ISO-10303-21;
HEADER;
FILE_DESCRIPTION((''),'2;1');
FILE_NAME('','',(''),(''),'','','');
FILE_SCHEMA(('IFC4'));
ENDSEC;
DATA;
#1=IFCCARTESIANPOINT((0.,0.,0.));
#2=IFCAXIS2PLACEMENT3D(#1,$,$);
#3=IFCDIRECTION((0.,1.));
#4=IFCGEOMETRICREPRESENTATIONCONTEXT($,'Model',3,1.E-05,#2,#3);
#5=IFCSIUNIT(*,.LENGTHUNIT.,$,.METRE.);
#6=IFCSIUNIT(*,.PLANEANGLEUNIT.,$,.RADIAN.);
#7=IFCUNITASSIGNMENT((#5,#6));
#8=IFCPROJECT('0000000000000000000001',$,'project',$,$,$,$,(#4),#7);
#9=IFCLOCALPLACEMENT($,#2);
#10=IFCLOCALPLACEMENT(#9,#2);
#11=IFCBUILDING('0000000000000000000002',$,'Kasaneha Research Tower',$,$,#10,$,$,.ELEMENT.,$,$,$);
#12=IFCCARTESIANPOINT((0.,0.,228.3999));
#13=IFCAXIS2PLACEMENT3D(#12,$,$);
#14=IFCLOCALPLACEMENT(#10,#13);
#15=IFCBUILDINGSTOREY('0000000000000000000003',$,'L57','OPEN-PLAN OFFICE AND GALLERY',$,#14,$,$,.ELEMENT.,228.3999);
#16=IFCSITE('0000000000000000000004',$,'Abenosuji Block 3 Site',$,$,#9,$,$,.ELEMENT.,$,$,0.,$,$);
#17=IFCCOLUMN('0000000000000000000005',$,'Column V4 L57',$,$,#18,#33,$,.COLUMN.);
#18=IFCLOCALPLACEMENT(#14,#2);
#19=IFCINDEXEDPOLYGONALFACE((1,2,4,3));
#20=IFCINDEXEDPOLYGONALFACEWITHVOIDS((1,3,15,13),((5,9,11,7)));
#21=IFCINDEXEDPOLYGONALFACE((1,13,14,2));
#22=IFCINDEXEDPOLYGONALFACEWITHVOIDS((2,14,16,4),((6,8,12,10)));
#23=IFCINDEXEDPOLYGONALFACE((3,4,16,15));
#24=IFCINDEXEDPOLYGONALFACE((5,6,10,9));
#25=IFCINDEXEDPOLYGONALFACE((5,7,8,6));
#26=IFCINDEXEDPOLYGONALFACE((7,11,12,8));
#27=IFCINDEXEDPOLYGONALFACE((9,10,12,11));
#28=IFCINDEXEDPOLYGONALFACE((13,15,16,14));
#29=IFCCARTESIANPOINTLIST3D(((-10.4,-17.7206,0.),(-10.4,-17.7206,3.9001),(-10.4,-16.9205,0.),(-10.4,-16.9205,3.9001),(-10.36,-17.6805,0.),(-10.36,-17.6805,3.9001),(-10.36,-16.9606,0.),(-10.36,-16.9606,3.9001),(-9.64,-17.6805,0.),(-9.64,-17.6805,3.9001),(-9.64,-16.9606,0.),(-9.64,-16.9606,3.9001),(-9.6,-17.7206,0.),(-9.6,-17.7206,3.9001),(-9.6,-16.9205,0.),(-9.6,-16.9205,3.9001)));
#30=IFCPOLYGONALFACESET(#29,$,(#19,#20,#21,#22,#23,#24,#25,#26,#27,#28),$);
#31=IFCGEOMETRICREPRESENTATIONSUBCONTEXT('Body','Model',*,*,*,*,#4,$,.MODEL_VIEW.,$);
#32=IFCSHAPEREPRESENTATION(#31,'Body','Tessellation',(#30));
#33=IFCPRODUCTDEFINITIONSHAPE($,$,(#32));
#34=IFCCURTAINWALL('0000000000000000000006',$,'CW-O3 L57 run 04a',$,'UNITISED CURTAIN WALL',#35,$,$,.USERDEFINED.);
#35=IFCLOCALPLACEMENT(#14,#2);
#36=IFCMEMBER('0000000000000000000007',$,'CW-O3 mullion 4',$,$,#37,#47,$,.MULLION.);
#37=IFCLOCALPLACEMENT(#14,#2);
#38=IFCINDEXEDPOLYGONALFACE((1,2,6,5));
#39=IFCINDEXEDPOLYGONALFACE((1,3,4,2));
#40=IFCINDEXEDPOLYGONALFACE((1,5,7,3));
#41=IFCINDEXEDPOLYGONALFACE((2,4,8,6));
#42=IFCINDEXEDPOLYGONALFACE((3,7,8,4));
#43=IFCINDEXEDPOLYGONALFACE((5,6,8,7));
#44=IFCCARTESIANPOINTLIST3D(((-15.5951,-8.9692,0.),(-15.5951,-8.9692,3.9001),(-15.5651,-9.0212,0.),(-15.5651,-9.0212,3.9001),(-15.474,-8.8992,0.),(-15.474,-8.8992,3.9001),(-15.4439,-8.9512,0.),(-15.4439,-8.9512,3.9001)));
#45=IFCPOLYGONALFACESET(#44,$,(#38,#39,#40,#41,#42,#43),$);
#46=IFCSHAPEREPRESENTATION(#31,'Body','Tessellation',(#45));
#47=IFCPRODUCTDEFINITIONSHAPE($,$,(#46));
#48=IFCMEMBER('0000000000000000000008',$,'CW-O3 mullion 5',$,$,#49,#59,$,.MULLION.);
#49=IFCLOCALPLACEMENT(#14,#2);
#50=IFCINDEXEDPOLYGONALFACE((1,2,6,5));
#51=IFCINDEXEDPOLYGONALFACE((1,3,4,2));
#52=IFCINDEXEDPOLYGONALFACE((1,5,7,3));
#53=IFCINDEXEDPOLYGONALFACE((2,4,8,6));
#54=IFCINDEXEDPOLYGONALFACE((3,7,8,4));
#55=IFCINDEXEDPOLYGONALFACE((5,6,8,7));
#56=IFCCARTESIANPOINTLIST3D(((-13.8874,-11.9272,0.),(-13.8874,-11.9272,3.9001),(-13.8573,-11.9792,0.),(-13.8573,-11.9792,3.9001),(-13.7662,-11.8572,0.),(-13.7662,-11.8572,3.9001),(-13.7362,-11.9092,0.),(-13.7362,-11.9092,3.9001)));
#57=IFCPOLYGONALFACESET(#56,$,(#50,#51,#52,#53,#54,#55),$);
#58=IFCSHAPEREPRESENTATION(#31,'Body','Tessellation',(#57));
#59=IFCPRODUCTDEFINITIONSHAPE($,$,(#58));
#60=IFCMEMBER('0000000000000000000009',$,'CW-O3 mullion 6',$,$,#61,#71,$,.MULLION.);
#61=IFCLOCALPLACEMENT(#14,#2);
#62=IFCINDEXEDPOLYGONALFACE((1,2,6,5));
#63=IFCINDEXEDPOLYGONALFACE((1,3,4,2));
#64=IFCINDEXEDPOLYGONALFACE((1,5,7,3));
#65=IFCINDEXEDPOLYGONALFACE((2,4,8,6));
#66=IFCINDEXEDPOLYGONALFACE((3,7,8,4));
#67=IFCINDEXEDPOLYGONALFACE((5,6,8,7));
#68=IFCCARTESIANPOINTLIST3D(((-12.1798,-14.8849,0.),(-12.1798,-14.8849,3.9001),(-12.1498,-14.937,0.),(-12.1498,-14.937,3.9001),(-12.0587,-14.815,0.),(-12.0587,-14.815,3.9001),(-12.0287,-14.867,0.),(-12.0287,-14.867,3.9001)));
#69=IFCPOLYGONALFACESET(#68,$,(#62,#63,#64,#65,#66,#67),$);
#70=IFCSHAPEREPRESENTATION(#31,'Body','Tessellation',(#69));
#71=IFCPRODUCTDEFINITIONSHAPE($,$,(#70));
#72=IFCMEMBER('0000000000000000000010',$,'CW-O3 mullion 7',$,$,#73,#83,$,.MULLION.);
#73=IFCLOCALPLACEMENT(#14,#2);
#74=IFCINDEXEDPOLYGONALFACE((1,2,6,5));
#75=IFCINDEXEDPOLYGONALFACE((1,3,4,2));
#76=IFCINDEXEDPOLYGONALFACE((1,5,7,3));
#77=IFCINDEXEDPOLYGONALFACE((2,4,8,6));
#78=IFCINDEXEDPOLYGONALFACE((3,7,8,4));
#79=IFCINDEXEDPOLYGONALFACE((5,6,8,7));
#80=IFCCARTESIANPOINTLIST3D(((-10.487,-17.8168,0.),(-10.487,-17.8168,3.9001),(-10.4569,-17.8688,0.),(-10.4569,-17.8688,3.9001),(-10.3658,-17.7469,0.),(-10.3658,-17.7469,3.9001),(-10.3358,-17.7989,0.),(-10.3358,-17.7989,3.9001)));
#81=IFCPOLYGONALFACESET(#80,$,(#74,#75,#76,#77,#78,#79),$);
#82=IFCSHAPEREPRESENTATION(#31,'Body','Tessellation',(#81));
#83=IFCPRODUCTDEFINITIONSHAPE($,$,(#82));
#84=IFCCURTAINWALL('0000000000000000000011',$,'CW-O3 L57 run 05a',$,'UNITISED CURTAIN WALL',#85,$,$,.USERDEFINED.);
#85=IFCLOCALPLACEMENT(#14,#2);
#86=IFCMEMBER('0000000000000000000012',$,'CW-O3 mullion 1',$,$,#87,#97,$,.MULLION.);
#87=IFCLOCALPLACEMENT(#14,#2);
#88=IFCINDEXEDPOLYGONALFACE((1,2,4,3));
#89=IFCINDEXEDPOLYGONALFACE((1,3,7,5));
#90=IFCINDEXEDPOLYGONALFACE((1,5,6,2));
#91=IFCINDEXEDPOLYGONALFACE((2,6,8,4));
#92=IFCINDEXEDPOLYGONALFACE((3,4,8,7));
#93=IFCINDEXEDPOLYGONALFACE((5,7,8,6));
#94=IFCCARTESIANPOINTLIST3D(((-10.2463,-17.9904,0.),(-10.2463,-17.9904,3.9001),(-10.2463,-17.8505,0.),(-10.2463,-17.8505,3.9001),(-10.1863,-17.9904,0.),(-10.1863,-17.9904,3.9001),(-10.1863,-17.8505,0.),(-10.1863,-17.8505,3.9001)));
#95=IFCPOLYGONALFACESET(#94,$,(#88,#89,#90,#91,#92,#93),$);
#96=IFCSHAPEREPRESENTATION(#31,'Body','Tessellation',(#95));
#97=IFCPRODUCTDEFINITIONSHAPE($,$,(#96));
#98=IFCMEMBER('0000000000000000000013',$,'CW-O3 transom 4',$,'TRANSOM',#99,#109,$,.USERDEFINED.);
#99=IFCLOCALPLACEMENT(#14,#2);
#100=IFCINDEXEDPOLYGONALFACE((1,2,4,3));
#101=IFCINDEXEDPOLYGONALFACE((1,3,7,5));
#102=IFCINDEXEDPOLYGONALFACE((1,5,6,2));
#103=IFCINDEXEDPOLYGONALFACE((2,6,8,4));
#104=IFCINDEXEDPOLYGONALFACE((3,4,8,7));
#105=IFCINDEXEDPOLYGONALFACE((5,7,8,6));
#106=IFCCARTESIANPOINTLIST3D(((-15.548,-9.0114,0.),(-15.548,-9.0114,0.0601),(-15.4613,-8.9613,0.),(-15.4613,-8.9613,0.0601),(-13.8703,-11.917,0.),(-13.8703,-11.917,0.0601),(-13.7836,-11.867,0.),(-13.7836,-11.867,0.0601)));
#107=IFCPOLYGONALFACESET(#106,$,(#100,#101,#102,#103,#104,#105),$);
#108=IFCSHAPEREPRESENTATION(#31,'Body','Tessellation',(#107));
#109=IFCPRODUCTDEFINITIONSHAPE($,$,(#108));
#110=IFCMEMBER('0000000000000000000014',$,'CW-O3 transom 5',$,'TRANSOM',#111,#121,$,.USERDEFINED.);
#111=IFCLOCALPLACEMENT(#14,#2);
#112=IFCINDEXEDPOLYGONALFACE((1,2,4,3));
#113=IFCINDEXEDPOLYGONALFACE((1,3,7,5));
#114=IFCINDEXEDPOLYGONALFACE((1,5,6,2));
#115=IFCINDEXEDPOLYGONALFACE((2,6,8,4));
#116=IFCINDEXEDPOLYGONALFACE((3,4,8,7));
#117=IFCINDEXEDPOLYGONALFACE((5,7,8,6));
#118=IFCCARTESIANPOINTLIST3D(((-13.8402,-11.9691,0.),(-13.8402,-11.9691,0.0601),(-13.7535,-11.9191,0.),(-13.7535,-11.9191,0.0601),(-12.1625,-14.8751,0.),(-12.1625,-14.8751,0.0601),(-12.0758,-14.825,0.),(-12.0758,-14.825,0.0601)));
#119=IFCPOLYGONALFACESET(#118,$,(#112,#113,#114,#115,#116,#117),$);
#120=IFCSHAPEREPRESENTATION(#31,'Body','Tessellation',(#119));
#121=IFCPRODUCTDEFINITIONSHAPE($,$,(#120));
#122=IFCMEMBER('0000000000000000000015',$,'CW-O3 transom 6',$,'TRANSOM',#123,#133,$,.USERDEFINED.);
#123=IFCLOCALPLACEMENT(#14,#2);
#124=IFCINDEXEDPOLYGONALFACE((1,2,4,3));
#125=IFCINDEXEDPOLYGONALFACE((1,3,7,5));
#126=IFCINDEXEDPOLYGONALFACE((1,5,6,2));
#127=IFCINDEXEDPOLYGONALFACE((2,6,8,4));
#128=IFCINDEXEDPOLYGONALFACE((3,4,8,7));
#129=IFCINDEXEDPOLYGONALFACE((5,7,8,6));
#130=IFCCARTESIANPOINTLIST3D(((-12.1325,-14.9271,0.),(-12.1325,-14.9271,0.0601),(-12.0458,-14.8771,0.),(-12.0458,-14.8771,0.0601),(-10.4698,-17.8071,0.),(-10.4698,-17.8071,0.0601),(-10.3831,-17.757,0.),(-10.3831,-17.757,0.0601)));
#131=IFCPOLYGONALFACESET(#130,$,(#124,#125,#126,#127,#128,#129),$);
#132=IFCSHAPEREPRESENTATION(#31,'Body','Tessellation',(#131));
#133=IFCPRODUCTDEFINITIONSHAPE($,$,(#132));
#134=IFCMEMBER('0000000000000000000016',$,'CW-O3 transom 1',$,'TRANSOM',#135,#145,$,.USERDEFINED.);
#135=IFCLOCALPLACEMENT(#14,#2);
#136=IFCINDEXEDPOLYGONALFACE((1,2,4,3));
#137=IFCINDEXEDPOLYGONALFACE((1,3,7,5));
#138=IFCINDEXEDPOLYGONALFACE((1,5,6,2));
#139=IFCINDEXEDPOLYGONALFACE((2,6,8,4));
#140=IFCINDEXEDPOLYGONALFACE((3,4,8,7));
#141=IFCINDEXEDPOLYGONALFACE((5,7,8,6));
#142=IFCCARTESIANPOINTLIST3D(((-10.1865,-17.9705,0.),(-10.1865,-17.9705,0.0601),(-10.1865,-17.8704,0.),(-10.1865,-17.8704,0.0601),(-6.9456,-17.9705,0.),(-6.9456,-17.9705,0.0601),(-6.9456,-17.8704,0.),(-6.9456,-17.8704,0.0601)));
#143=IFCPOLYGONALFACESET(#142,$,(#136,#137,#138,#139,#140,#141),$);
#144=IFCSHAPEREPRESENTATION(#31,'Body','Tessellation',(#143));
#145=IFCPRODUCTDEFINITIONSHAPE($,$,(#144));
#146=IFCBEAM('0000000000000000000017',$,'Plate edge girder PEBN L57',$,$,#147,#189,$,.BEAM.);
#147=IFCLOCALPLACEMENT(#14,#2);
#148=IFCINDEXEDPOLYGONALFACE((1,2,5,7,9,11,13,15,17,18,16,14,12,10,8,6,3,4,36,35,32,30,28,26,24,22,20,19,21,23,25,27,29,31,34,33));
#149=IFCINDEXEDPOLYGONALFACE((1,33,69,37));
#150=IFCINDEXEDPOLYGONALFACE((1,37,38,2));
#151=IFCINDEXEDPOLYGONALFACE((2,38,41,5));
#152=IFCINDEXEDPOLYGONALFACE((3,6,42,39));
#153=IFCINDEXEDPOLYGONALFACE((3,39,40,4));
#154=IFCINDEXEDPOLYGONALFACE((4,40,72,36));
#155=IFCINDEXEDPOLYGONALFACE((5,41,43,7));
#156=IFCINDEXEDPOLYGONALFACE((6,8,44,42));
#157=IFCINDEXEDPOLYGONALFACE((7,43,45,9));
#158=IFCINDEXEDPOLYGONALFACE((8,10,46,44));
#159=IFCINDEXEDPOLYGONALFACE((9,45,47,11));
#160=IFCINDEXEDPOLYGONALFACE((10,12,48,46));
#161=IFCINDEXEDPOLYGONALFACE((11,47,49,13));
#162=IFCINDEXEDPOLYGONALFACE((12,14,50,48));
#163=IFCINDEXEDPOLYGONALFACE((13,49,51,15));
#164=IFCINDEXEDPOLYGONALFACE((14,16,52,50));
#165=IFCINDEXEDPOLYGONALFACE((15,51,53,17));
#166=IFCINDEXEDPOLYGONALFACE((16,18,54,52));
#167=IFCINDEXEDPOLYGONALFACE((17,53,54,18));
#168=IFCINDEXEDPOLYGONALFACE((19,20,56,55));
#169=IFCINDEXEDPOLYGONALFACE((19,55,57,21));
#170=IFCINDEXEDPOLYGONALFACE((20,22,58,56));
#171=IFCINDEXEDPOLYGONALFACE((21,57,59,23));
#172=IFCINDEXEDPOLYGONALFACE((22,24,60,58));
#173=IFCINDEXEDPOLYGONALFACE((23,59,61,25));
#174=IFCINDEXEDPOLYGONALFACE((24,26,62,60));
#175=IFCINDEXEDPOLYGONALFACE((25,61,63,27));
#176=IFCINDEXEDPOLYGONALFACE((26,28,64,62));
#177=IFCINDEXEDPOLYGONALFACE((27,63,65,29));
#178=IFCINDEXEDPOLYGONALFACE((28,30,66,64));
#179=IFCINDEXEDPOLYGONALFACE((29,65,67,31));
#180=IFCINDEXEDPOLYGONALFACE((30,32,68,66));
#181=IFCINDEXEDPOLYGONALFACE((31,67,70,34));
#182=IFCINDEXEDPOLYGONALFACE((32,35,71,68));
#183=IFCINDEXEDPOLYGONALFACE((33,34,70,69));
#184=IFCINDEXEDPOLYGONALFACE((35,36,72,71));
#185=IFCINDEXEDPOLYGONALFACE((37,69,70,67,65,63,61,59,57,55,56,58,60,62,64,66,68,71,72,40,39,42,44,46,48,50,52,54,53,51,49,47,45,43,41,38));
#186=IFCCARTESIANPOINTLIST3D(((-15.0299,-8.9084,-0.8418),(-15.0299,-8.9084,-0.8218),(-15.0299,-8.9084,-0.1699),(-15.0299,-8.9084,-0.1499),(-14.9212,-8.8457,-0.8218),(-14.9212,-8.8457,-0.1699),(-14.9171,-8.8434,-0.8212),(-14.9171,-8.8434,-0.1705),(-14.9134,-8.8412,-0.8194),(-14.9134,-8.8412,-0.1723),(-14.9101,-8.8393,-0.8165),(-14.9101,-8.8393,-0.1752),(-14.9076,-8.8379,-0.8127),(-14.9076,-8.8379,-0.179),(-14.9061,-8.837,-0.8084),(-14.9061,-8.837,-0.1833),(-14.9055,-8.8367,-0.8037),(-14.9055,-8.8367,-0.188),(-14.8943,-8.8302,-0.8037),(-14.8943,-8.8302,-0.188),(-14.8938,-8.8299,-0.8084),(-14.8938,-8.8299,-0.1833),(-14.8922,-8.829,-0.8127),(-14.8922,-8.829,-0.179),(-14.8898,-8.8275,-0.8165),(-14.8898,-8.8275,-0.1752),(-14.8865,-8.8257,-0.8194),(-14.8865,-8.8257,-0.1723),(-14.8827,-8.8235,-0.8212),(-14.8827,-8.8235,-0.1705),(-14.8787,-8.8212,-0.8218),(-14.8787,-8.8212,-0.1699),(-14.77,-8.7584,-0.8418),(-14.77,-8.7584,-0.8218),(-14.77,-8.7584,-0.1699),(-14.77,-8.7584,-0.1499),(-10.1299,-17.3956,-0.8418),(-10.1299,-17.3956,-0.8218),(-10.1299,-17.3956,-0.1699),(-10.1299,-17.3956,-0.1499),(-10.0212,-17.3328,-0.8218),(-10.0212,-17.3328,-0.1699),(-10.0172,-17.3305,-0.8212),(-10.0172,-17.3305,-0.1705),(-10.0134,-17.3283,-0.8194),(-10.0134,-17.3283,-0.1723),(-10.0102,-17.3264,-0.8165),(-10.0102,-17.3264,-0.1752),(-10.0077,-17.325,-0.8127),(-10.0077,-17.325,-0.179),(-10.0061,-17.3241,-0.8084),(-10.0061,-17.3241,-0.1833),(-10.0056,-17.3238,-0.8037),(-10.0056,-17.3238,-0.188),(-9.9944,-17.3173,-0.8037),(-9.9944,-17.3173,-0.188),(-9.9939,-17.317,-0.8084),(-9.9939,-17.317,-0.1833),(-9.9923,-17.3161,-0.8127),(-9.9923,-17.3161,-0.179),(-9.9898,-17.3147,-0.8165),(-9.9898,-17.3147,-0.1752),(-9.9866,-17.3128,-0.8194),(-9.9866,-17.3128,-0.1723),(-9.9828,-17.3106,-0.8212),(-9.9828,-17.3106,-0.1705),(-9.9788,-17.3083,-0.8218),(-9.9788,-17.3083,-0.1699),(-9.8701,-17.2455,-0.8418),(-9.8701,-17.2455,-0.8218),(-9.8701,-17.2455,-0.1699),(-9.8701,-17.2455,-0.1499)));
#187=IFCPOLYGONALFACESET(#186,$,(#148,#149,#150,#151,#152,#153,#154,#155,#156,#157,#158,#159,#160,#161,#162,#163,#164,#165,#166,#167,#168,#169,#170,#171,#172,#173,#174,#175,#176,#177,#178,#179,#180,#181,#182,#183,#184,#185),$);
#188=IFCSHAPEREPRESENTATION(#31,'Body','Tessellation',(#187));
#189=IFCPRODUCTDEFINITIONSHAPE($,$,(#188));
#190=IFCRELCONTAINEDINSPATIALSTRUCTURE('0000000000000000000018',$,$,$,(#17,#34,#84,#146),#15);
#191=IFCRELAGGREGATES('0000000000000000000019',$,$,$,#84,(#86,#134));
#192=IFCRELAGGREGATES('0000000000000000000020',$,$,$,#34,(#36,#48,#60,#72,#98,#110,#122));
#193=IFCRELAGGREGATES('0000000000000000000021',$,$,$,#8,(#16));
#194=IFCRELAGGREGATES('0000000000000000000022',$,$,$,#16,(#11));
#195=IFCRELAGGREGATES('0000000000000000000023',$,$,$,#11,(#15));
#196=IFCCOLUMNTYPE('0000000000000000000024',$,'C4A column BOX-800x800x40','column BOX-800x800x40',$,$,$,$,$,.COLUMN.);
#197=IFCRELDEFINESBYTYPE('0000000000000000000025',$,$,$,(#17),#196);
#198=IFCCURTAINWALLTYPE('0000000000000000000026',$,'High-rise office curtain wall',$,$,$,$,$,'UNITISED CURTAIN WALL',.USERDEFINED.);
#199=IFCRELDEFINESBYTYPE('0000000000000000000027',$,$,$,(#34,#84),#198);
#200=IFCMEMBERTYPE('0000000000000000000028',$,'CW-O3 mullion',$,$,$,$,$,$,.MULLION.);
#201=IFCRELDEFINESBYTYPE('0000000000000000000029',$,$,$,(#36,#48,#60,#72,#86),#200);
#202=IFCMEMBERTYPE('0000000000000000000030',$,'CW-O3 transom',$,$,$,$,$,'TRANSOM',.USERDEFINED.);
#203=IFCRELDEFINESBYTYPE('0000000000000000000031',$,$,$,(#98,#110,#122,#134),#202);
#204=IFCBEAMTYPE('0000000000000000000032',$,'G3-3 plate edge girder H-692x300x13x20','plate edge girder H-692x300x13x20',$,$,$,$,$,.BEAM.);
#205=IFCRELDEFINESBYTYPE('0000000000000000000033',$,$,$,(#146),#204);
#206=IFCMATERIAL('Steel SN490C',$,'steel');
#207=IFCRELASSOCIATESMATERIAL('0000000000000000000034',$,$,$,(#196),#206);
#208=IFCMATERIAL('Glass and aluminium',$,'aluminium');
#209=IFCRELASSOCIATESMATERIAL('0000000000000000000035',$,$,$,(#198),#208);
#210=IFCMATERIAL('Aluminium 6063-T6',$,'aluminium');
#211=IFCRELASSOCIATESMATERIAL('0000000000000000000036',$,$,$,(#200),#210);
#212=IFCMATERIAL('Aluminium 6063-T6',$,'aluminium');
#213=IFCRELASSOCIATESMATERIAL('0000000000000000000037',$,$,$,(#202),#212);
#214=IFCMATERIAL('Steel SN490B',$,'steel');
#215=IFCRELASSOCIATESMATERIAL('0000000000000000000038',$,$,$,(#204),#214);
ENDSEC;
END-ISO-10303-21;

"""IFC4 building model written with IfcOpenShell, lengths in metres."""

from ifc_helpers import new_model, si_unit, direction, frame, origin, origin_2d, place, context, subcontext, project, spatial, rectangle, hollow_rectangle, i_section, extrude, material, material_profile, profile_set, type_object, element, aggregate, save


model = new_model("IFC4")

# Units and contexts
model_context = context("Model", 3, precision=1e-05, world=origin(), true_north=direction((0.0, 1.0)))
body_context = subcontext(model_context, "Body", "Model", "MODEL_VIEW")
ifc_project = project(units=[si_unit("LENGTHUNIT", "METRE"), si_unit("PLANEANGLEUNIT", "RADIAN")], contexts=[model_context])

# Site, building, storey
site_placement = place(None, origin())
site = spatial("IfcSite", under=ifc_project, at=site_placement, Name="Abenosuji Block 3 Site", CompositionType="ELEMENT", RefElevation=0.0)
building_placement = place(site_placement, origin())
building = spatial("IfcBuilding", under=site, at=building_placement, Name="Kasaneha Research Tower", CompositionType="ELEMENT")
storey_placement = place(building_placement, frame((0.0, 0.0, 228.3999)))
storey = spatial("IfcBuildingStorey", under=building, at=storey_placement, Name="L57", Description="OPEN-PLAN OFFICE AND GALLERY", CompositionType="ELEMENT", Elevation=228.3999)

# Column
ifc_material_1 = material(Name="Steel SN490C", Category="steel")
ifc_material_profile_1 = material_profile(ifc_material_1, hollow_rectangle(XDim=0.8, YDim=0.8, WallThickness=0.04, at=origin_2d()), Name="BOX-800x800x40")
ifc_profile_set_1 = profile_set([ifc_material_profile_1], Name="Steel SN490C")
column_type = type_object("IfcColumnType", Name="C4A column BOX-800x800x40", Description="column BOX-800x800x40", PredefinedType="COLUMN", material=ifc_profile_set_1)
column_placement = place(storey_placement, frame((-10.0, -17.3206, 0.0), z_axis=(0.0, 0.0, 1.0), x_axis=(1.0, 0.0, 0.0)))
element("IfcColumn", 1, at=column_placement, inside=storey, type_object=column_type, Name="Column V4 L57", PredefinedType="COLUMN", context=body_context, shape_type="SweptSolid", body=[
    extrude(hollow_rectangle(XDim=0.8, YDim=0.8, WallThickness=0.04, at=origin_2d()), origin(), (0.0, 0.0, 1.0), 3.9001),
])

# Curtain wall, members
ifc_material_2 = material(Name="Glass and aluminium", Category="aluminium")
curtain_wall_type = type_object("IfcCurtainWallType", Name="High-rise office curtain wall", ElementType="UNITISED CURTAIN WALL", PredefinedType="USERDEFINED", material=ifc_material_2)
curtain_wall_1_placement = place(storey_placement, origin())
curtain_wall_1 = element("IfcCurtainWall", 2, at=curtain_wall_1_placement, inside=storey, type_object=curtain_wall_type, Name="CW-O3 L57 run 04a", ObjectType="UNITISED CURTAIN WALL", PredefinedType="USERDEFINED")
ifc_material_3 = material(Name="Aluminium 6063-T6", Category="aluminium")
ifc_material_profile_2 = material_profile(ifc_material_3, rectangle(XDim=0.0601, YDim=0.1399, at=origin_2d()), Name="CW-O3 mullion 60x140")
ifc_profile_set_2 = profile_set([ifc_material_profile_2], Name="Aluminium 6063-T6")
member_type_1 = type_object("IfcMemberType", Name="CW-O3 mullion", PredefinedType="MULLION", material=ifc_profile_set_2)
member_1_placement = place(storey_placement, frame((-15.5195, -8.9602, 0.0), z_axis=(0.0, 0.0, 1.0), x_axis=(0.5, -0.866025, 0.0)))
member_1 = element("IfcMember", 3, at=member_1_placement, type_object=member_type_1, Name="CW-O3 mullion 4", PredefinedType="MULLION", context=body_context, shape_type="SweptSolid", body=[
    extrude(rectangle(XDim=0.0601, YDim=0.1399, at=origin_2d()), origin(), (0.0, 0.0, 1.0), 3.9001),
])
member_2_placement = place(storey_placement, frame((-13.8118, -11.9182, 0.0), z_axis=(0.0, 0.0, 1.0), x_axis=(0.5, -0.866025, 0.0)))
member_2 = element("IfcMember", 4, at=member_2_placement, type_object=member_type_1, Name="CW-O3 mullion 5", PredefinedType="MULLION", context=body_context, shape_type="SweptSolid", body=[
    extrude(rectangle(XDim=0.0601, YDim=0.1399, at=origin_2d()), origin(), (0.0, 0.0, 1.0), 3.9001),
])
member_3_placement = place(storey_placement, frame((-12.1042, -14.876, 0.0), z_axis=(0.0, 0.0, 1.0), x_axis=(0.5, -0.866025, 0.0)))
member_3 = element("IfcMember", 5, at=member_3_placement, type_object=member_type_1, Name="CW-O3 mullion 6", PredefinedType="MULLION", context=body_context, shape_type="SweptSolid", body=[
    extrude(rectangle(XDim=0.0601, YDim=0.1399, at=origin_2d()), origin(), (0.0, 0.0, 1.0), 3.9001),
])
member_4_placement = place(storey_placement, frame((-10.4114, -17.8079, 0.0), z_axis=(0.0, 0.0, 1.0), x_axis=(0.5, -0.866025, 0.0)))
member_4 = element("IfcMember", 6, at=member_4_placement, type_object=member_type_1, Name="CW-O3 mullion 7", PredefinedType="MULLION", context=body_context, shape_type="SweptSolid", body=[
    extrude(rectangle(XDim=0.0601, YDim=0.1399, at=origin_2d()), origin(), (0.0, 0.0, 1.0), 3.9001),
])

# Curtain wall, member
curtain_wall_2_placement = place(storey_placement, origin())
curtain_wall_2 = element("IfcCurtainWall", 7, at=curtain_wall_2_placement, inside=storey, type_object=curtain_wall_type, Name="CW-O3 L57 run 05a", ObjectType="UNITISED CURTAIN WALL", PredefinedType="USERDEFINED")
member_5_placement = place(storey_placement, frame((-10.2163, -17.9204, 0.0), z_axis=(0.0, 0.0, 1.0), x_axis=(1.0, 0.0, 0.0)))
member_5 = element("IfcMember", 8, at=member_5_placement, type_object=member_type_1, Name="CW-O3 mullion 1", PredefinedType="MULLION", context=body_context, shape_type="SweptSolid", body=[
    extrude(rectangle(XDim=0.0601, YDim=0.1399, at=origin_2d()), origin(), (0.0, 0.0, 1.0), 3.9001),
])

# Members
ifc_material_4 = material(Name="Aluminium 6063-T6", Category="aluminium")
ifc_material_profile_3 = material_profile(ifc_material_4, rectangle(XDim=0.1001, YDim=0.0601, at=origin_2d()), Name="CW-O3 transom 100x60")
ifc_profile_set_3 = profile_set([ifc_material_profile_3], Name="Aluminium 6063-T6")
member_type_2 = type_object("IfcMemberType", Name="CW-O3 transom", ElementType="TRANSOM", PredefinedType="USERDEFINED", material=ifc_profile_set_3)
member_6_placement = place(storey_placement, frame((-15.5046, -8.9863, 0.03), z_axis=(0.500021, -0.866014, 0.0), x_axis=(0.866014, 0.500021, 0.0)))
member_6 = element("IfcMember", 9, at=member_6_placement, type_object=member_type_2, Name="CW-O3 transom 4", ObjectType="TRANSOM", PredefinedType="USERDEFINED", context=body_context, shape_type="SweptSolid", body=[
    extrude(rectangle(XDim=0.1001, YDim=0.0601, at=origin_2d()), origin(), (0.0, 0.0, 1.0), 3.3552),
])
member_7_placement = place(storey_placement, frame((-13.7969, -11.9441, 0.03), z_axis=(0.499989, -0.866032, 0.0), x_axis=(0.866032, 0.499989, 0.0)))
member_7 = element("IfcMember", 10, at=member_7_placement, type_object=member_type_2, Name="CW-O3 transom 5", ObjectType="TRANSOM", PredefinedType="USERDEFINED", context=body_context, shape_type="SweptSolid", body=[
    extrude(rectangle(XDim=0.1001, YDim=0.0601, at=origin_2d()), origin(), (0.0, 0.0, 1.0), 3.3555),
])
member_8_placement = place(storey_placement, frame((-12.0891, -14.9021, 0.03), z_axis=(0.499977, -0.866039, 0.0), x_axis=(0.866039, 0.499977, 0.0)))
member_8 = element("IfcMember", 11, at=member_8_placement, type_object=member_type_2, Name="CW-O3 transom 6", ObjectType="TRANSOM", PredefinedType="USERDEFINED", context=body_context, shape_type="SweptSolid", body=[
    extrude(rectangle(XDim=0.1001, YDim=0.0601, at=origin_2d()), origin(), (0.0, 0.0, 1.0), 3.3254),
])
member_9_placement = place(storey_placement, frame((-10.1865, -17.9204, 0.03), z_axis=(1.0, 0.0, 0.0), x_axis=(0.0, 1.0, 0.0)))
member_9 = element("IfcMember", 12, at=member_9_placement, type_object=member_type_2, Name="CW-O3 transom 1", ObjectType="TRANSOM", PredefinedType="USERDEFINED", context=body_context, shape_type="SweptSolid", body=[
    extrude(rectangle(XDim=0.1001, YDim=0.0601, at=origin_2d()), origin(), (0.0, 0.0, 1.0), 3.241),
])
aggregate(curtain_wall_2, [member_5, member_9])

# Beam
ifc_material_5 = material(Name="Steel SN490B", Category="steel")
ifc_material_profile_4 = material_profile(ifc_material_5, i_section(OverallWidth=0.3, OverallDepth=0.6919, WebThickness=0.0129, FlangeThickness=0.02, FilletRadius=0.0181, at=origin_2d()), Name="H-692x300x13x20")
ifc_profile_set_4 = profile_set([ifc_material_profile_4], Name="Steel SN490B")
beam_type_1 = type_object("IfcBeamType", Name="G3-3 plate edge girder H-692x300x13x20", Description="plate edge girder H-692x300x13x20", PredefinedType="BEAM", material=ifc_profile_set_4)
beam_1_placement = place(storey_placement, frame((-10.0, -17.3206, -0.4958), z_axis=(-0.499992, 0.86603, 0.0), x_axis=(-0.86603, -0.499992, 0.0)))
element("IfcBeam", 13, at=beam_1_placement, inside=storey, type_object=beam_type_1, Name="Plate edge girder PEBN L57", PredefinedType="BEAM", context=body_context, shape_type="SweptSolid", body=[
    extrude(i_section(OverallWidth=0.3, OverallDepth=0.6919, WebThickness=0.0129, FlangeThickness=0.02, FilletRadius=0.0181, at=origin_2d()), origin(), (0.0, 0.0, 1.0), 9.8),
])

aggregate(curtain_wall_1, [member_1, member_2, member_3, member_4, member_6, member_7, member_8])

save(model, "model.ifc")
